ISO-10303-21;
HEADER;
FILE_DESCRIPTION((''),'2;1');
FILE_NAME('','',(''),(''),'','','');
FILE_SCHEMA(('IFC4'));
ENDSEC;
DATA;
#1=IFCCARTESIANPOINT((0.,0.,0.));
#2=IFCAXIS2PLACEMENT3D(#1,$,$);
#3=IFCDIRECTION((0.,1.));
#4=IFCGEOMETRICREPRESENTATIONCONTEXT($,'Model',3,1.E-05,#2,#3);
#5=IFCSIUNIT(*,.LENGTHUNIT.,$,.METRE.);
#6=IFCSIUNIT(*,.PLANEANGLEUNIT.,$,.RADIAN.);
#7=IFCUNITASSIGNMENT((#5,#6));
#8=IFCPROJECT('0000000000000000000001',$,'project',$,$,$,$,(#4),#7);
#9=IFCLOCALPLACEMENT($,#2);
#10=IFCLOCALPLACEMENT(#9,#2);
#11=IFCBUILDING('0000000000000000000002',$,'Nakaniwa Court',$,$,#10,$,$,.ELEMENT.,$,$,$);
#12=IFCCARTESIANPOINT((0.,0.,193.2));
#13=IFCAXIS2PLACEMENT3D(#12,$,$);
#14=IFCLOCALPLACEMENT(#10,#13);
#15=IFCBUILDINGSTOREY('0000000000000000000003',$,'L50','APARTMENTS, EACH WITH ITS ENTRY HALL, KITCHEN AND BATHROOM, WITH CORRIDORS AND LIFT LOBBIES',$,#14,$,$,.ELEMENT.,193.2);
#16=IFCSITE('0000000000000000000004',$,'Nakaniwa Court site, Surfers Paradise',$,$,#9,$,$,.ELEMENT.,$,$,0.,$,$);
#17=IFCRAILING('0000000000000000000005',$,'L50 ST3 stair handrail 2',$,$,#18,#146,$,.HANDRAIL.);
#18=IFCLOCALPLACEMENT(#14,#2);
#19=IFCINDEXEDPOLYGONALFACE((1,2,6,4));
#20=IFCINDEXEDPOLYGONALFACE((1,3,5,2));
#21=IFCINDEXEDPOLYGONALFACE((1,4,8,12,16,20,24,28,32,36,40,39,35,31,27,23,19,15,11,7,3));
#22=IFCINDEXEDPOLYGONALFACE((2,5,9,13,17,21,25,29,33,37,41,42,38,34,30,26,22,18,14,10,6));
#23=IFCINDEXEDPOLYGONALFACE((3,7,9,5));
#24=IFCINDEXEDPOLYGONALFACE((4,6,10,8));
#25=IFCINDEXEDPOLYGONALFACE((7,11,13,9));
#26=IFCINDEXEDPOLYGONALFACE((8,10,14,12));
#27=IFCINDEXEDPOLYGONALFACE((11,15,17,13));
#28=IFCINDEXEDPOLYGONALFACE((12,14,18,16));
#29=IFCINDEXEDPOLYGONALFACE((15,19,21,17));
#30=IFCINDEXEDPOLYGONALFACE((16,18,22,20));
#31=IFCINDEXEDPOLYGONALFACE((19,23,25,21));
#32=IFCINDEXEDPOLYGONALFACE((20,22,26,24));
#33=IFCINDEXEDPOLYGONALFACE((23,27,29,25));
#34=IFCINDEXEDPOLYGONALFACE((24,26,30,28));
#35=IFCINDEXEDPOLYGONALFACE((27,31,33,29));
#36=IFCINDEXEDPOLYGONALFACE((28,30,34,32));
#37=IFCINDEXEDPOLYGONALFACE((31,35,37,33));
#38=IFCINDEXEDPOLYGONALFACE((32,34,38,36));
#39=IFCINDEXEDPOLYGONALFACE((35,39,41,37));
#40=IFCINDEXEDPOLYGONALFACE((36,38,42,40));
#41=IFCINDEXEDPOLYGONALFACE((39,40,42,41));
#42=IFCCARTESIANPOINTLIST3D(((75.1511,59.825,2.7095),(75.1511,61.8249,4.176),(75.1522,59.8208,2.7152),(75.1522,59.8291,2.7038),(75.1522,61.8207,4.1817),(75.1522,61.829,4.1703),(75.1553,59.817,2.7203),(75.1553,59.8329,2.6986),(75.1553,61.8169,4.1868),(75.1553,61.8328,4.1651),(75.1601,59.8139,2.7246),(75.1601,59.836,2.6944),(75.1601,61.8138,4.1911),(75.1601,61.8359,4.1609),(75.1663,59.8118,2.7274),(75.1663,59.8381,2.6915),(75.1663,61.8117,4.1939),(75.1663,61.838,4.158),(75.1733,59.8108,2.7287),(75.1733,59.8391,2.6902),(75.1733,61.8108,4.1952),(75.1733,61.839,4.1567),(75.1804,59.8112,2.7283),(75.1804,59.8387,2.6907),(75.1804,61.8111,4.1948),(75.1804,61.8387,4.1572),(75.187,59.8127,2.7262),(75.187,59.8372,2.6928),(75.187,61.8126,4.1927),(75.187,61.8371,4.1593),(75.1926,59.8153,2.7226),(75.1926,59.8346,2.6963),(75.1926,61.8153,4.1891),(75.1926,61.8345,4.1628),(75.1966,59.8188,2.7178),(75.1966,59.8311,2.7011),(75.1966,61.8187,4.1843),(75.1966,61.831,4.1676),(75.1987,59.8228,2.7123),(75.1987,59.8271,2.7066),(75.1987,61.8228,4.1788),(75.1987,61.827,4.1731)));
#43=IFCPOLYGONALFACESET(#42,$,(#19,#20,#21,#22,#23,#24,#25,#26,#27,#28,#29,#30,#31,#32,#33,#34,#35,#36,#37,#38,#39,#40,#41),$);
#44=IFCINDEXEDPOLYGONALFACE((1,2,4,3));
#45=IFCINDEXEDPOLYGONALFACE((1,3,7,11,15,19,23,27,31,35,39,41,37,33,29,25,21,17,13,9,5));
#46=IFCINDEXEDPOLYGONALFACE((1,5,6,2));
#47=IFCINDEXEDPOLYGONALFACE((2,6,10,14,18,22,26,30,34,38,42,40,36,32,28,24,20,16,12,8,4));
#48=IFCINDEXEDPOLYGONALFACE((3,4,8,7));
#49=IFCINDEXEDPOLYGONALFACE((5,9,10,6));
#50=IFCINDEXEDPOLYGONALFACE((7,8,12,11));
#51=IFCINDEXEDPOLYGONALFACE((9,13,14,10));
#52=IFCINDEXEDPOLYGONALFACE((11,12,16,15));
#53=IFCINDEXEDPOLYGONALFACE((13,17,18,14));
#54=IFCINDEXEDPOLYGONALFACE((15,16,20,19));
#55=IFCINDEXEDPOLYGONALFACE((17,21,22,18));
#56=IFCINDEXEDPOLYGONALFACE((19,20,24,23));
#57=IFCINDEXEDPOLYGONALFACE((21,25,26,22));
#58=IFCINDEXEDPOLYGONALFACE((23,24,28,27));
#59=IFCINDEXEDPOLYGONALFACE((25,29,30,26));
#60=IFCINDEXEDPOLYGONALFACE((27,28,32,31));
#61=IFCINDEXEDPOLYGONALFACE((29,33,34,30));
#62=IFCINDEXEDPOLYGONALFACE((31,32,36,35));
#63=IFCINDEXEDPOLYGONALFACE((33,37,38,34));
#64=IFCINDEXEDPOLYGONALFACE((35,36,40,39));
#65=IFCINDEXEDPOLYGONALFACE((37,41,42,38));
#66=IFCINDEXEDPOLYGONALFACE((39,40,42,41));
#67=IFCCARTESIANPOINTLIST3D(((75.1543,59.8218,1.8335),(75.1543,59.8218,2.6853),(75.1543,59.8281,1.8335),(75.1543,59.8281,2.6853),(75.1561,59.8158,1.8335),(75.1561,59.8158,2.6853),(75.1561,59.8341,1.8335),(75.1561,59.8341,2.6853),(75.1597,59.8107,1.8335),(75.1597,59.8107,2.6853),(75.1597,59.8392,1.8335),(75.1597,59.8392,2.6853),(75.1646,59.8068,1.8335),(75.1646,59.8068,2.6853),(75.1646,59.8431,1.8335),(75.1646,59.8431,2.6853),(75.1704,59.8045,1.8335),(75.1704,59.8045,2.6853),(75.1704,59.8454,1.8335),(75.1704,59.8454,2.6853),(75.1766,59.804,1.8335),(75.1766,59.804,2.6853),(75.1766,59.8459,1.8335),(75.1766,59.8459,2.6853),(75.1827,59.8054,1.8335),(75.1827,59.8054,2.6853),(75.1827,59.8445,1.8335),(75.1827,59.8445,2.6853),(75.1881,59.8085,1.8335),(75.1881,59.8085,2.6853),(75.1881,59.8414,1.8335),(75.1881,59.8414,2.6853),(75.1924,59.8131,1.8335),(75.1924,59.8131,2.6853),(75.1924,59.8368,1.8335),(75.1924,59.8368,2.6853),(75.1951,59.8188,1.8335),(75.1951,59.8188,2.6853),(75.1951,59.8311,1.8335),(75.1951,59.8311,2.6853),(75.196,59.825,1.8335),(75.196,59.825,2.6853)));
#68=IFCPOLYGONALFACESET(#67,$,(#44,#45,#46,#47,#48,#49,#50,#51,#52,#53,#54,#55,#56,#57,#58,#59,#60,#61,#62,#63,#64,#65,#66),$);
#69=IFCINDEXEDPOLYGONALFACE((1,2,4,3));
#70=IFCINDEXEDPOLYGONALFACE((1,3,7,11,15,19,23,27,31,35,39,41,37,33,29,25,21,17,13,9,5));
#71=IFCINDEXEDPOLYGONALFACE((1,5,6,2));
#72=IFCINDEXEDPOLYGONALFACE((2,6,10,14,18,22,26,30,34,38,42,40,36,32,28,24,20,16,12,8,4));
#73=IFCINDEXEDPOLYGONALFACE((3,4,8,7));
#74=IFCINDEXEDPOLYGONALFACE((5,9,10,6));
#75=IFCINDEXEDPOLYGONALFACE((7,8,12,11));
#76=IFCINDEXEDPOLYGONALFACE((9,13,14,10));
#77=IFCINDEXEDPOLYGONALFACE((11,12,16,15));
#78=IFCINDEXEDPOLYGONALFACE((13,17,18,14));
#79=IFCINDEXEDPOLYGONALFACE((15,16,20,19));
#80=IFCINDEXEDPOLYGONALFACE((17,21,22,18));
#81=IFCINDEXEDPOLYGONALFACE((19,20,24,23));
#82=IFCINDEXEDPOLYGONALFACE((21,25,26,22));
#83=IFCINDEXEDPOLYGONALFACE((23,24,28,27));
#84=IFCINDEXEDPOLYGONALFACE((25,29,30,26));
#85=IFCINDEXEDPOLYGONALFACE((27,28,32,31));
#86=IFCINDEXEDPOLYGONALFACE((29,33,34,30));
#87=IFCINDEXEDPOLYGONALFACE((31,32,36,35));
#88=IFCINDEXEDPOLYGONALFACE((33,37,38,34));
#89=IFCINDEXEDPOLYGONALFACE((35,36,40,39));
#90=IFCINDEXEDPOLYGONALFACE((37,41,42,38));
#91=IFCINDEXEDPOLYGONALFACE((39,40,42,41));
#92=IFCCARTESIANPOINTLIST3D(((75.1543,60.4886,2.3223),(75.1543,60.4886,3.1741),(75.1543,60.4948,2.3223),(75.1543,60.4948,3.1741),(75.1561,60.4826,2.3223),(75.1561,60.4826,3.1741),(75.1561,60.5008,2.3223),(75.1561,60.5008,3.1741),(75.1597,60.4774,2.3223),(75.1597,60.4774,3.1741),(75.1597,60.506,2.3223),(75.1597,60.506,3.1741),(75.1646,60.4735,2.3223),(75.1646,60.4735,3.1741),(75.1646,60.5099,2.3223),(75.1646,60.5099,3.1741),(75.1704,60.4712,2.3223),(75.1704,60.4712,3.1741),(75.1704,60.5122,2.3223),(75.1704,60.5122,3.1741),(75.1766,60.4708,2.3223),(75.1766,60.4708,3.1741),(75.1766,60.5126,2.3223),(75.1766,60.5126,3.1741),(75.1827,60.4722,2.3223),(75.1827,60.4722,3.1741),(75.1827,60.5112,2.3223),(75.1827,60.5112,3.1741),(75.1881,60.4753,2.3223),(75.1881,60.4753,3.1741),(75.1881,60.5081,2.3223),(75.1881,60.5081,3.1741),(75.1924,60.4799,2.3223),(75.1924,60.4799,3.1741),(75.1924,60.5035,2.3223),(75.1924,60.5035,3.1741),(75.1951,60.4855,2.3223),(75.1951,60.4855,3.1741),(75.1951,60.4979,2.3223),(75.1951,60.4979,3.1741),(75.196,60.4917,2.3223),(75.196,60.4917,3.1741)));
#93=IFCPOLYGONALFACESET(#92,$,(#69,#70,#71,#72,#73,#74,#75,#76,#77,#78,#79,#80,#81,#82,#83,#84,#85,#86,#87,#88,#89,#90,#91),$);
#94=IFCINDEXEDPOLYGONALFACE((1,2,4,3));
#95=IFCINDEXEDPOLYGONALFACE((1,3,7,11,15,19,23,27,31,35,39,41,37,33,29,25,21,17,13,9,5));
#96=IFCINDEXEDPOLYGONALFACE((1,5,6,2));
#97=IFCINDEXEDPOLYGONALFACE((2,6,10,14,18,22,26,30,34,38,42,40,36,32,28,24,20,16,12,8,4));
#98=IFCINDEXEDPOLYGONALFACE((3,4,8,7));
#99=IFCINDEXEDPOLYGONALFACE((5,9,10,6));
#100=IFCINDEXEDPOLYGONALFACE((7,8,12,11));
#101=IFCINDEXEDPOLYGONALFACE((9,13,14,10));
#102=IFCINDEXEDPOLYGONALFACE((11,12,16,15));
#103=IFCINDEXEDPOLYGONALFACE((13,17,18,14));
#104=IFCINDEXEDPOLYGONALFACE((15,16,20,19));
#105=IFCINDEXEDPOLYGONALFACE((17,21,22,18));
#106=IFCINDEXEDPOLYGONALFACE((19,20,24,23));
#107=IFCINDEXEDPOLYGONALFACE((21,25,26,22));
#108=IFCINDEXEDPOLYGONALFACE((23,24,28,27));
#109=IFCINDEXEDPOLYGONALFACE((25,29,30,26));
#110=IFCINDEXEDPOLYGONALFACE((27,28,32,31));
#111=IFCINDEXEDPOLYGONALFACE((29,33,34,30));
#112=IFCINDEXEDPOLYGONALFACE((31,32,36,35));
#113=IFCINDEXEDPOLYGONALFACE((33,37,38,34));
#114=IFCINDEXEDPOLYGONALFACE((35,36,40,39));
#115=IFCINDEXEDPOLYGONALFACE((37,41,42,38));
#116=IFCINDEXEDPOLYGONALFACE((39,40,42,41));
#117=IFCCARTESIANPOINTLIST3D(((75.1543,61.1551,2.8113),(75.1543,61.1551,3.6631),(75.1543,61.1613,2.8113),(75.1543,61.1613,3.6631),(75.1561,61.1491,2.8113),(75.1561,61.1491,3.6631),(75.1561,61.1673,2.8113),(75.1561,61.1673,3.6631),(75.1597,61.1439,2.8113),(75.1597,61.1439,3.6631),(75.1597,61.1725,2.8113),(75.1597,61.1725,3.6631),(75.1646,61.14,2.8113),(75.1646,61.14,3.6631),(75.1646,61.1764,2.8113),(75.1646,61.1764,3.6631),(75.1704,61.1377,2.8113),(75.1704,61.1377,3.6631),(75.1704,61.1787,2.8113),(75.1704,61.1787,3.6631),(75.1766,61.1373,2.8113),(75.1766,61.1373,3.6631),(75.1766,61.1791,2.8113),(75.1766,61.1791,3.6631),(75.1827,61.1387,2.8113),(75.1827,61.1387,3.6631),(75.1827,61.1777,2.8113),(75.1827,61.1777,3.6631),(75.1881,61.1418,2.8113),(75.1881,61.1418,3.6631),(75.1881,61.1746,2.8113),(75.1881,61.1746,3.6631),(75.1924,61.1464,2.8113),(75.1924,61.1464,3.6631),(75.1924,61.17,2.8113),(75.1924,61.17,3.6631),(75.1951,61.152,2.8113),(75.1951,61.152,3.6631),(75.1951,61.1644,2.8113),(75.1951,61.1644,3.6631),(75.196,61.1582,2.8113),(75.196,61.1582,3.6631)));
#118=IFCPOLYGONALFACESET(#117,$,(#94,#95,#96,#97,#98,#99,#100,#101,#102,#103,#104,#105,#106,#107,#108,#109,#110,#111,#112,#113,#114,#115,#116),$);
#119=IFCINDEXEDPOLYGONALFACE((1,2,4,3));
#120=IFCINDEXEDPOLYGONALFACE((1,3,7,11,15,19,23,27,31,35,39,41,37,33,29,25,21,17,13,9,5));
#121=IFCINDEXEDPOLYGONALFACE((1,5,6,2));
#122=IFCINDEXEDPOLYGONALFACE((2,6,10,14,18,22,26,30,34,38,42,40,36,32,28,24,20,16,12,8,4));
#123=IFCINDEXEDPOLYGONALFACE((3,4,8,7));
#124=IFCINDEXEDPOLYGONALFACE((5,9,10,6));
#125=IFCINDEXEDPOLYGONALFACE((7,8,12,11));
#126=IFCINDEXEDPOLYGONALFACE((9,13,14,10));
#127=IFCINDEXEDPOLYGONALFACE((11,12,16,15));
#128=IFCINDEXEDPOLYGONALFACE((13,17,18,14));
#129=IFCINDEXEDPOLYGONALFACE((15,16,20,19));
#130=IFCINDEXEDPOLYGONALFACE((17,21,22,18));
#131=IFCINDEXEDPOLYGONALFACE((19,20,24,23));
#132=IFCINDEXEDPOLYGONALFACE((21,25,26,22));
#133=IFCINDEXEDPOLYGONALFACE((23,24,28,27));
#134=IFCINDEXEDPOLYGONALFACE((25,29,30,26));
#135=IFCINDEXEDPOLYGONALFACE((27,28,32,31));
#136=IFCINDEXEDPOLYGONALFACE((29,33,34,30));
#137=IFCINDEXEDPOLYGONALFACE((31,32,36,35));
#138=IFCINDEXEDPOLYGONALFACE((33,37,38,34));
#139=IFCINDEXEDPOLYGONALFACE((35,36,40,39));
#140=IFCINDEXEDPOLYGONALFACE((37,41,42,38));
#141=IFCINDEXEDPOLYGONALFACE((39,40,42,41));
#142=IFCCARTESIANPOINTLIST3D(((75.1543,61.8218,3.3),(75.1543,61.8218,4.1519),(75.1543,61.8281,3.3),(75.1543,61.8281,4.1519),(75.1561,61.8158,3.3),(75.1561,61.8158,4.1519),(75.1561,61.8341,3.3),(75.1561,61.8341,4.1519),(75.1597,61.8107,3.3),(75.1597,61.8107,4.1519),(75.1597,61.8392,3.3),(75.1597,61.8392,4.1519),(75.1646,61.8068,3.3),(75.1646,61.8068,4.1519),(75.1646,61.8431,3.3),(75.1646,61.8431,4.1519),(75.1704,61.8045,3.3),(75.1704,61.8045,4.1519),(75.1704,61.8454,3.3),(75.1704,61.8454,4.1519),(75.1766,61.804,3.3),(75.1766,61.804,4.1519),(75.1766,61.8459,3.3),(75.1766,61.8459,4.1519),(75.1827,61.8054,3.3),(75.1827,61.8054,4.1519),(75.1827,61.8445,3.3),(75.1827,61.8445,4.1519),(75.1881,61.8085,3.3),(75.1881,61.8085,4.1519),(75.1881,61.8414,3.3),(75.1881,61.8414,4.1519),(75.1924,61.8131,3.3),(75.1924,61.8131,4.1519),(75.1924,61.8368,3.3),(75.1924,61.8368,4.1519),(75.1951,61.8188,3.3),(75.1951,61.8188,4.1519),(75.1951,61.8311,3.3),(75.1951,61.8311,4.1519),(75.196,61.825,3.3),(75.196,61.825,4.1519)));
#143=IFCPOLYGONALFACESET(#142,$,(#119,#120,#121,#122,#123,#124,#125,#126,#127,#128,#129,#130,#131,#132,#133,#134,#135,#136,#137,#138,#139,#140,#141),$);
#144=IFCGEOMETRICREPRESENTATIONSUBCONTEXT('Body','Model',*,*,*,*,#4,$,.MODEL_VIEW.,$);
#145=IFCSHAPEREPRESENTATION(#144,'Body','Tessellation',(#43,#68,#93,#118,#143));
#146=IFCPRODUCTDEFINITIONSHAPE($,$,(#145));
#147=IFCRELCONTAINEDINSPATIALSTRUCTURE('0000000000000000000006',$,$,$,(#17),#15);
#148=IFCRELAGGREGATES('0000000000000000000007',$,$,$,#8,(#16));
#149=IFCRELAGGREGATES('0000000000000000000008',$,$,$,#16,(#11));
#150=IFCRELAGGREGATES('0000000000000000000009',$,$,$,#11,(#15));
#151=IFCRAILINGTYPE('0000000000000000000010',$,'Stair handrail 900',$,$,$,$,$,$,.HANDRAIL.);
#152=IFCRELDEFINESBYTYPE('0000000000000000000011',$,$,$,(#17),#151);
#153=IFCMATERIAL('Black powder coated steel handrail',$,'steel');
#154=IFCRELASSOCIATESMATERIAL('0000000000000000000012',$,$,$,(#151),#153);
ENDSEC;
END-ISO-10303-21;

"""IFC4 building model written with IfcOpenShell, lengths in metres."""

from ifc_helpers import new_model, si_unit, direction, frame, origin, origin_2d, place, context, subcontext, project, spatial, circle, extrude, material, type_object, element, save


model = new_model("IFC4")

# Units and contexts
model_context = context("Model", 3, precision=1e-05, world=origin(), true_north=direction((0.0, 1.0)))
body_context = subcontext(model_context, "Body", "Model", "MODEL_VIEW")
ifc_project = project(units=[si_unit("LENGTHUNIT", "METRE"), si_unit("PLANEANGLEUNIT", "RADIAN")], contexts=[model_context])

# Site, building, storey
site_placement = place(None, origin())
site = spatial("IfcSite", under=ifc_project, at=site_placement, Name="Nakaniwa Court site, Surfers Paradise", CompositionType="ELEMENT", RefElevation=0.0)
building_placement = place(site_placement, origin())
building = spatial("IfcBuilding", under=site, at=building_placement, Name="Nakaniwa Court", CompositionType="ELEMENT")
storey_placement = place(building_placement, frame((0.0, 0.0, 193.2)))
storey = spatial("IfcBuildingStorey", under=building, at=storey_placement, Name="L50", Description="APARTMENTS, EACH WITH ITS ENTRY HALL, KITCHEN AND BATHROOM, WITH CORRIDORS AND LIFT LOBBIES", CompositionType="ELEMENT", Elevation=193.2)

# Railing
ifc_material_1 = material(Name="Black powder coated steel handrail", Category="steel")
railing_type_1 = type_object("IfcRailingType", Name="Stair handrail 900", PredefinedType="HANDRAIL", material=ifc_material_1)
railing_1_placement = place(storey_placement, frame((75.175, 59.825, 1.8335)))
element("IfcRailing", 1, at=railing_1_placement, inside=storey, type_object=railing_type_1, Name="L50 ST3 stair handrail 2", PredefinedType="HANDRAIL", context=body_context, shape_type="SweptSolid", body=[
    extrude(circle(Radius=0.0239, at=origin_2d()), frame((0.0, 0.0, 0.876), z_axis=(0.0, 0.806427, 0.591334), x_axis=(-1.0, 0.0, 0.0)), (0.0, 0.0, 1.0), 2.48),
    extrude(circle(Radius=0.021, at=origin_2d()), origin(), (0.0, 0.0, 1.0), 0.8518),
    extrude(circle(Radius=0.021, at=origin_2d()), frame((0.0, 0.6667, 0.4888)), (0.0, 0.0, 1.0), 0.8518),
    extrude(circle(Radius=0.021, at=origin_2d()), frame((0.0, 1.3333, 0.9778)), (0.0, 0.0, 1.0), 0.8518),
    extrude(circle(Radius=0.021, at=origin_2d()), frame((0.0, 2.0, 1.4666)), (0.0, 0.0, 1.0), 0.8518),
])

save(model, "model.ifc")
